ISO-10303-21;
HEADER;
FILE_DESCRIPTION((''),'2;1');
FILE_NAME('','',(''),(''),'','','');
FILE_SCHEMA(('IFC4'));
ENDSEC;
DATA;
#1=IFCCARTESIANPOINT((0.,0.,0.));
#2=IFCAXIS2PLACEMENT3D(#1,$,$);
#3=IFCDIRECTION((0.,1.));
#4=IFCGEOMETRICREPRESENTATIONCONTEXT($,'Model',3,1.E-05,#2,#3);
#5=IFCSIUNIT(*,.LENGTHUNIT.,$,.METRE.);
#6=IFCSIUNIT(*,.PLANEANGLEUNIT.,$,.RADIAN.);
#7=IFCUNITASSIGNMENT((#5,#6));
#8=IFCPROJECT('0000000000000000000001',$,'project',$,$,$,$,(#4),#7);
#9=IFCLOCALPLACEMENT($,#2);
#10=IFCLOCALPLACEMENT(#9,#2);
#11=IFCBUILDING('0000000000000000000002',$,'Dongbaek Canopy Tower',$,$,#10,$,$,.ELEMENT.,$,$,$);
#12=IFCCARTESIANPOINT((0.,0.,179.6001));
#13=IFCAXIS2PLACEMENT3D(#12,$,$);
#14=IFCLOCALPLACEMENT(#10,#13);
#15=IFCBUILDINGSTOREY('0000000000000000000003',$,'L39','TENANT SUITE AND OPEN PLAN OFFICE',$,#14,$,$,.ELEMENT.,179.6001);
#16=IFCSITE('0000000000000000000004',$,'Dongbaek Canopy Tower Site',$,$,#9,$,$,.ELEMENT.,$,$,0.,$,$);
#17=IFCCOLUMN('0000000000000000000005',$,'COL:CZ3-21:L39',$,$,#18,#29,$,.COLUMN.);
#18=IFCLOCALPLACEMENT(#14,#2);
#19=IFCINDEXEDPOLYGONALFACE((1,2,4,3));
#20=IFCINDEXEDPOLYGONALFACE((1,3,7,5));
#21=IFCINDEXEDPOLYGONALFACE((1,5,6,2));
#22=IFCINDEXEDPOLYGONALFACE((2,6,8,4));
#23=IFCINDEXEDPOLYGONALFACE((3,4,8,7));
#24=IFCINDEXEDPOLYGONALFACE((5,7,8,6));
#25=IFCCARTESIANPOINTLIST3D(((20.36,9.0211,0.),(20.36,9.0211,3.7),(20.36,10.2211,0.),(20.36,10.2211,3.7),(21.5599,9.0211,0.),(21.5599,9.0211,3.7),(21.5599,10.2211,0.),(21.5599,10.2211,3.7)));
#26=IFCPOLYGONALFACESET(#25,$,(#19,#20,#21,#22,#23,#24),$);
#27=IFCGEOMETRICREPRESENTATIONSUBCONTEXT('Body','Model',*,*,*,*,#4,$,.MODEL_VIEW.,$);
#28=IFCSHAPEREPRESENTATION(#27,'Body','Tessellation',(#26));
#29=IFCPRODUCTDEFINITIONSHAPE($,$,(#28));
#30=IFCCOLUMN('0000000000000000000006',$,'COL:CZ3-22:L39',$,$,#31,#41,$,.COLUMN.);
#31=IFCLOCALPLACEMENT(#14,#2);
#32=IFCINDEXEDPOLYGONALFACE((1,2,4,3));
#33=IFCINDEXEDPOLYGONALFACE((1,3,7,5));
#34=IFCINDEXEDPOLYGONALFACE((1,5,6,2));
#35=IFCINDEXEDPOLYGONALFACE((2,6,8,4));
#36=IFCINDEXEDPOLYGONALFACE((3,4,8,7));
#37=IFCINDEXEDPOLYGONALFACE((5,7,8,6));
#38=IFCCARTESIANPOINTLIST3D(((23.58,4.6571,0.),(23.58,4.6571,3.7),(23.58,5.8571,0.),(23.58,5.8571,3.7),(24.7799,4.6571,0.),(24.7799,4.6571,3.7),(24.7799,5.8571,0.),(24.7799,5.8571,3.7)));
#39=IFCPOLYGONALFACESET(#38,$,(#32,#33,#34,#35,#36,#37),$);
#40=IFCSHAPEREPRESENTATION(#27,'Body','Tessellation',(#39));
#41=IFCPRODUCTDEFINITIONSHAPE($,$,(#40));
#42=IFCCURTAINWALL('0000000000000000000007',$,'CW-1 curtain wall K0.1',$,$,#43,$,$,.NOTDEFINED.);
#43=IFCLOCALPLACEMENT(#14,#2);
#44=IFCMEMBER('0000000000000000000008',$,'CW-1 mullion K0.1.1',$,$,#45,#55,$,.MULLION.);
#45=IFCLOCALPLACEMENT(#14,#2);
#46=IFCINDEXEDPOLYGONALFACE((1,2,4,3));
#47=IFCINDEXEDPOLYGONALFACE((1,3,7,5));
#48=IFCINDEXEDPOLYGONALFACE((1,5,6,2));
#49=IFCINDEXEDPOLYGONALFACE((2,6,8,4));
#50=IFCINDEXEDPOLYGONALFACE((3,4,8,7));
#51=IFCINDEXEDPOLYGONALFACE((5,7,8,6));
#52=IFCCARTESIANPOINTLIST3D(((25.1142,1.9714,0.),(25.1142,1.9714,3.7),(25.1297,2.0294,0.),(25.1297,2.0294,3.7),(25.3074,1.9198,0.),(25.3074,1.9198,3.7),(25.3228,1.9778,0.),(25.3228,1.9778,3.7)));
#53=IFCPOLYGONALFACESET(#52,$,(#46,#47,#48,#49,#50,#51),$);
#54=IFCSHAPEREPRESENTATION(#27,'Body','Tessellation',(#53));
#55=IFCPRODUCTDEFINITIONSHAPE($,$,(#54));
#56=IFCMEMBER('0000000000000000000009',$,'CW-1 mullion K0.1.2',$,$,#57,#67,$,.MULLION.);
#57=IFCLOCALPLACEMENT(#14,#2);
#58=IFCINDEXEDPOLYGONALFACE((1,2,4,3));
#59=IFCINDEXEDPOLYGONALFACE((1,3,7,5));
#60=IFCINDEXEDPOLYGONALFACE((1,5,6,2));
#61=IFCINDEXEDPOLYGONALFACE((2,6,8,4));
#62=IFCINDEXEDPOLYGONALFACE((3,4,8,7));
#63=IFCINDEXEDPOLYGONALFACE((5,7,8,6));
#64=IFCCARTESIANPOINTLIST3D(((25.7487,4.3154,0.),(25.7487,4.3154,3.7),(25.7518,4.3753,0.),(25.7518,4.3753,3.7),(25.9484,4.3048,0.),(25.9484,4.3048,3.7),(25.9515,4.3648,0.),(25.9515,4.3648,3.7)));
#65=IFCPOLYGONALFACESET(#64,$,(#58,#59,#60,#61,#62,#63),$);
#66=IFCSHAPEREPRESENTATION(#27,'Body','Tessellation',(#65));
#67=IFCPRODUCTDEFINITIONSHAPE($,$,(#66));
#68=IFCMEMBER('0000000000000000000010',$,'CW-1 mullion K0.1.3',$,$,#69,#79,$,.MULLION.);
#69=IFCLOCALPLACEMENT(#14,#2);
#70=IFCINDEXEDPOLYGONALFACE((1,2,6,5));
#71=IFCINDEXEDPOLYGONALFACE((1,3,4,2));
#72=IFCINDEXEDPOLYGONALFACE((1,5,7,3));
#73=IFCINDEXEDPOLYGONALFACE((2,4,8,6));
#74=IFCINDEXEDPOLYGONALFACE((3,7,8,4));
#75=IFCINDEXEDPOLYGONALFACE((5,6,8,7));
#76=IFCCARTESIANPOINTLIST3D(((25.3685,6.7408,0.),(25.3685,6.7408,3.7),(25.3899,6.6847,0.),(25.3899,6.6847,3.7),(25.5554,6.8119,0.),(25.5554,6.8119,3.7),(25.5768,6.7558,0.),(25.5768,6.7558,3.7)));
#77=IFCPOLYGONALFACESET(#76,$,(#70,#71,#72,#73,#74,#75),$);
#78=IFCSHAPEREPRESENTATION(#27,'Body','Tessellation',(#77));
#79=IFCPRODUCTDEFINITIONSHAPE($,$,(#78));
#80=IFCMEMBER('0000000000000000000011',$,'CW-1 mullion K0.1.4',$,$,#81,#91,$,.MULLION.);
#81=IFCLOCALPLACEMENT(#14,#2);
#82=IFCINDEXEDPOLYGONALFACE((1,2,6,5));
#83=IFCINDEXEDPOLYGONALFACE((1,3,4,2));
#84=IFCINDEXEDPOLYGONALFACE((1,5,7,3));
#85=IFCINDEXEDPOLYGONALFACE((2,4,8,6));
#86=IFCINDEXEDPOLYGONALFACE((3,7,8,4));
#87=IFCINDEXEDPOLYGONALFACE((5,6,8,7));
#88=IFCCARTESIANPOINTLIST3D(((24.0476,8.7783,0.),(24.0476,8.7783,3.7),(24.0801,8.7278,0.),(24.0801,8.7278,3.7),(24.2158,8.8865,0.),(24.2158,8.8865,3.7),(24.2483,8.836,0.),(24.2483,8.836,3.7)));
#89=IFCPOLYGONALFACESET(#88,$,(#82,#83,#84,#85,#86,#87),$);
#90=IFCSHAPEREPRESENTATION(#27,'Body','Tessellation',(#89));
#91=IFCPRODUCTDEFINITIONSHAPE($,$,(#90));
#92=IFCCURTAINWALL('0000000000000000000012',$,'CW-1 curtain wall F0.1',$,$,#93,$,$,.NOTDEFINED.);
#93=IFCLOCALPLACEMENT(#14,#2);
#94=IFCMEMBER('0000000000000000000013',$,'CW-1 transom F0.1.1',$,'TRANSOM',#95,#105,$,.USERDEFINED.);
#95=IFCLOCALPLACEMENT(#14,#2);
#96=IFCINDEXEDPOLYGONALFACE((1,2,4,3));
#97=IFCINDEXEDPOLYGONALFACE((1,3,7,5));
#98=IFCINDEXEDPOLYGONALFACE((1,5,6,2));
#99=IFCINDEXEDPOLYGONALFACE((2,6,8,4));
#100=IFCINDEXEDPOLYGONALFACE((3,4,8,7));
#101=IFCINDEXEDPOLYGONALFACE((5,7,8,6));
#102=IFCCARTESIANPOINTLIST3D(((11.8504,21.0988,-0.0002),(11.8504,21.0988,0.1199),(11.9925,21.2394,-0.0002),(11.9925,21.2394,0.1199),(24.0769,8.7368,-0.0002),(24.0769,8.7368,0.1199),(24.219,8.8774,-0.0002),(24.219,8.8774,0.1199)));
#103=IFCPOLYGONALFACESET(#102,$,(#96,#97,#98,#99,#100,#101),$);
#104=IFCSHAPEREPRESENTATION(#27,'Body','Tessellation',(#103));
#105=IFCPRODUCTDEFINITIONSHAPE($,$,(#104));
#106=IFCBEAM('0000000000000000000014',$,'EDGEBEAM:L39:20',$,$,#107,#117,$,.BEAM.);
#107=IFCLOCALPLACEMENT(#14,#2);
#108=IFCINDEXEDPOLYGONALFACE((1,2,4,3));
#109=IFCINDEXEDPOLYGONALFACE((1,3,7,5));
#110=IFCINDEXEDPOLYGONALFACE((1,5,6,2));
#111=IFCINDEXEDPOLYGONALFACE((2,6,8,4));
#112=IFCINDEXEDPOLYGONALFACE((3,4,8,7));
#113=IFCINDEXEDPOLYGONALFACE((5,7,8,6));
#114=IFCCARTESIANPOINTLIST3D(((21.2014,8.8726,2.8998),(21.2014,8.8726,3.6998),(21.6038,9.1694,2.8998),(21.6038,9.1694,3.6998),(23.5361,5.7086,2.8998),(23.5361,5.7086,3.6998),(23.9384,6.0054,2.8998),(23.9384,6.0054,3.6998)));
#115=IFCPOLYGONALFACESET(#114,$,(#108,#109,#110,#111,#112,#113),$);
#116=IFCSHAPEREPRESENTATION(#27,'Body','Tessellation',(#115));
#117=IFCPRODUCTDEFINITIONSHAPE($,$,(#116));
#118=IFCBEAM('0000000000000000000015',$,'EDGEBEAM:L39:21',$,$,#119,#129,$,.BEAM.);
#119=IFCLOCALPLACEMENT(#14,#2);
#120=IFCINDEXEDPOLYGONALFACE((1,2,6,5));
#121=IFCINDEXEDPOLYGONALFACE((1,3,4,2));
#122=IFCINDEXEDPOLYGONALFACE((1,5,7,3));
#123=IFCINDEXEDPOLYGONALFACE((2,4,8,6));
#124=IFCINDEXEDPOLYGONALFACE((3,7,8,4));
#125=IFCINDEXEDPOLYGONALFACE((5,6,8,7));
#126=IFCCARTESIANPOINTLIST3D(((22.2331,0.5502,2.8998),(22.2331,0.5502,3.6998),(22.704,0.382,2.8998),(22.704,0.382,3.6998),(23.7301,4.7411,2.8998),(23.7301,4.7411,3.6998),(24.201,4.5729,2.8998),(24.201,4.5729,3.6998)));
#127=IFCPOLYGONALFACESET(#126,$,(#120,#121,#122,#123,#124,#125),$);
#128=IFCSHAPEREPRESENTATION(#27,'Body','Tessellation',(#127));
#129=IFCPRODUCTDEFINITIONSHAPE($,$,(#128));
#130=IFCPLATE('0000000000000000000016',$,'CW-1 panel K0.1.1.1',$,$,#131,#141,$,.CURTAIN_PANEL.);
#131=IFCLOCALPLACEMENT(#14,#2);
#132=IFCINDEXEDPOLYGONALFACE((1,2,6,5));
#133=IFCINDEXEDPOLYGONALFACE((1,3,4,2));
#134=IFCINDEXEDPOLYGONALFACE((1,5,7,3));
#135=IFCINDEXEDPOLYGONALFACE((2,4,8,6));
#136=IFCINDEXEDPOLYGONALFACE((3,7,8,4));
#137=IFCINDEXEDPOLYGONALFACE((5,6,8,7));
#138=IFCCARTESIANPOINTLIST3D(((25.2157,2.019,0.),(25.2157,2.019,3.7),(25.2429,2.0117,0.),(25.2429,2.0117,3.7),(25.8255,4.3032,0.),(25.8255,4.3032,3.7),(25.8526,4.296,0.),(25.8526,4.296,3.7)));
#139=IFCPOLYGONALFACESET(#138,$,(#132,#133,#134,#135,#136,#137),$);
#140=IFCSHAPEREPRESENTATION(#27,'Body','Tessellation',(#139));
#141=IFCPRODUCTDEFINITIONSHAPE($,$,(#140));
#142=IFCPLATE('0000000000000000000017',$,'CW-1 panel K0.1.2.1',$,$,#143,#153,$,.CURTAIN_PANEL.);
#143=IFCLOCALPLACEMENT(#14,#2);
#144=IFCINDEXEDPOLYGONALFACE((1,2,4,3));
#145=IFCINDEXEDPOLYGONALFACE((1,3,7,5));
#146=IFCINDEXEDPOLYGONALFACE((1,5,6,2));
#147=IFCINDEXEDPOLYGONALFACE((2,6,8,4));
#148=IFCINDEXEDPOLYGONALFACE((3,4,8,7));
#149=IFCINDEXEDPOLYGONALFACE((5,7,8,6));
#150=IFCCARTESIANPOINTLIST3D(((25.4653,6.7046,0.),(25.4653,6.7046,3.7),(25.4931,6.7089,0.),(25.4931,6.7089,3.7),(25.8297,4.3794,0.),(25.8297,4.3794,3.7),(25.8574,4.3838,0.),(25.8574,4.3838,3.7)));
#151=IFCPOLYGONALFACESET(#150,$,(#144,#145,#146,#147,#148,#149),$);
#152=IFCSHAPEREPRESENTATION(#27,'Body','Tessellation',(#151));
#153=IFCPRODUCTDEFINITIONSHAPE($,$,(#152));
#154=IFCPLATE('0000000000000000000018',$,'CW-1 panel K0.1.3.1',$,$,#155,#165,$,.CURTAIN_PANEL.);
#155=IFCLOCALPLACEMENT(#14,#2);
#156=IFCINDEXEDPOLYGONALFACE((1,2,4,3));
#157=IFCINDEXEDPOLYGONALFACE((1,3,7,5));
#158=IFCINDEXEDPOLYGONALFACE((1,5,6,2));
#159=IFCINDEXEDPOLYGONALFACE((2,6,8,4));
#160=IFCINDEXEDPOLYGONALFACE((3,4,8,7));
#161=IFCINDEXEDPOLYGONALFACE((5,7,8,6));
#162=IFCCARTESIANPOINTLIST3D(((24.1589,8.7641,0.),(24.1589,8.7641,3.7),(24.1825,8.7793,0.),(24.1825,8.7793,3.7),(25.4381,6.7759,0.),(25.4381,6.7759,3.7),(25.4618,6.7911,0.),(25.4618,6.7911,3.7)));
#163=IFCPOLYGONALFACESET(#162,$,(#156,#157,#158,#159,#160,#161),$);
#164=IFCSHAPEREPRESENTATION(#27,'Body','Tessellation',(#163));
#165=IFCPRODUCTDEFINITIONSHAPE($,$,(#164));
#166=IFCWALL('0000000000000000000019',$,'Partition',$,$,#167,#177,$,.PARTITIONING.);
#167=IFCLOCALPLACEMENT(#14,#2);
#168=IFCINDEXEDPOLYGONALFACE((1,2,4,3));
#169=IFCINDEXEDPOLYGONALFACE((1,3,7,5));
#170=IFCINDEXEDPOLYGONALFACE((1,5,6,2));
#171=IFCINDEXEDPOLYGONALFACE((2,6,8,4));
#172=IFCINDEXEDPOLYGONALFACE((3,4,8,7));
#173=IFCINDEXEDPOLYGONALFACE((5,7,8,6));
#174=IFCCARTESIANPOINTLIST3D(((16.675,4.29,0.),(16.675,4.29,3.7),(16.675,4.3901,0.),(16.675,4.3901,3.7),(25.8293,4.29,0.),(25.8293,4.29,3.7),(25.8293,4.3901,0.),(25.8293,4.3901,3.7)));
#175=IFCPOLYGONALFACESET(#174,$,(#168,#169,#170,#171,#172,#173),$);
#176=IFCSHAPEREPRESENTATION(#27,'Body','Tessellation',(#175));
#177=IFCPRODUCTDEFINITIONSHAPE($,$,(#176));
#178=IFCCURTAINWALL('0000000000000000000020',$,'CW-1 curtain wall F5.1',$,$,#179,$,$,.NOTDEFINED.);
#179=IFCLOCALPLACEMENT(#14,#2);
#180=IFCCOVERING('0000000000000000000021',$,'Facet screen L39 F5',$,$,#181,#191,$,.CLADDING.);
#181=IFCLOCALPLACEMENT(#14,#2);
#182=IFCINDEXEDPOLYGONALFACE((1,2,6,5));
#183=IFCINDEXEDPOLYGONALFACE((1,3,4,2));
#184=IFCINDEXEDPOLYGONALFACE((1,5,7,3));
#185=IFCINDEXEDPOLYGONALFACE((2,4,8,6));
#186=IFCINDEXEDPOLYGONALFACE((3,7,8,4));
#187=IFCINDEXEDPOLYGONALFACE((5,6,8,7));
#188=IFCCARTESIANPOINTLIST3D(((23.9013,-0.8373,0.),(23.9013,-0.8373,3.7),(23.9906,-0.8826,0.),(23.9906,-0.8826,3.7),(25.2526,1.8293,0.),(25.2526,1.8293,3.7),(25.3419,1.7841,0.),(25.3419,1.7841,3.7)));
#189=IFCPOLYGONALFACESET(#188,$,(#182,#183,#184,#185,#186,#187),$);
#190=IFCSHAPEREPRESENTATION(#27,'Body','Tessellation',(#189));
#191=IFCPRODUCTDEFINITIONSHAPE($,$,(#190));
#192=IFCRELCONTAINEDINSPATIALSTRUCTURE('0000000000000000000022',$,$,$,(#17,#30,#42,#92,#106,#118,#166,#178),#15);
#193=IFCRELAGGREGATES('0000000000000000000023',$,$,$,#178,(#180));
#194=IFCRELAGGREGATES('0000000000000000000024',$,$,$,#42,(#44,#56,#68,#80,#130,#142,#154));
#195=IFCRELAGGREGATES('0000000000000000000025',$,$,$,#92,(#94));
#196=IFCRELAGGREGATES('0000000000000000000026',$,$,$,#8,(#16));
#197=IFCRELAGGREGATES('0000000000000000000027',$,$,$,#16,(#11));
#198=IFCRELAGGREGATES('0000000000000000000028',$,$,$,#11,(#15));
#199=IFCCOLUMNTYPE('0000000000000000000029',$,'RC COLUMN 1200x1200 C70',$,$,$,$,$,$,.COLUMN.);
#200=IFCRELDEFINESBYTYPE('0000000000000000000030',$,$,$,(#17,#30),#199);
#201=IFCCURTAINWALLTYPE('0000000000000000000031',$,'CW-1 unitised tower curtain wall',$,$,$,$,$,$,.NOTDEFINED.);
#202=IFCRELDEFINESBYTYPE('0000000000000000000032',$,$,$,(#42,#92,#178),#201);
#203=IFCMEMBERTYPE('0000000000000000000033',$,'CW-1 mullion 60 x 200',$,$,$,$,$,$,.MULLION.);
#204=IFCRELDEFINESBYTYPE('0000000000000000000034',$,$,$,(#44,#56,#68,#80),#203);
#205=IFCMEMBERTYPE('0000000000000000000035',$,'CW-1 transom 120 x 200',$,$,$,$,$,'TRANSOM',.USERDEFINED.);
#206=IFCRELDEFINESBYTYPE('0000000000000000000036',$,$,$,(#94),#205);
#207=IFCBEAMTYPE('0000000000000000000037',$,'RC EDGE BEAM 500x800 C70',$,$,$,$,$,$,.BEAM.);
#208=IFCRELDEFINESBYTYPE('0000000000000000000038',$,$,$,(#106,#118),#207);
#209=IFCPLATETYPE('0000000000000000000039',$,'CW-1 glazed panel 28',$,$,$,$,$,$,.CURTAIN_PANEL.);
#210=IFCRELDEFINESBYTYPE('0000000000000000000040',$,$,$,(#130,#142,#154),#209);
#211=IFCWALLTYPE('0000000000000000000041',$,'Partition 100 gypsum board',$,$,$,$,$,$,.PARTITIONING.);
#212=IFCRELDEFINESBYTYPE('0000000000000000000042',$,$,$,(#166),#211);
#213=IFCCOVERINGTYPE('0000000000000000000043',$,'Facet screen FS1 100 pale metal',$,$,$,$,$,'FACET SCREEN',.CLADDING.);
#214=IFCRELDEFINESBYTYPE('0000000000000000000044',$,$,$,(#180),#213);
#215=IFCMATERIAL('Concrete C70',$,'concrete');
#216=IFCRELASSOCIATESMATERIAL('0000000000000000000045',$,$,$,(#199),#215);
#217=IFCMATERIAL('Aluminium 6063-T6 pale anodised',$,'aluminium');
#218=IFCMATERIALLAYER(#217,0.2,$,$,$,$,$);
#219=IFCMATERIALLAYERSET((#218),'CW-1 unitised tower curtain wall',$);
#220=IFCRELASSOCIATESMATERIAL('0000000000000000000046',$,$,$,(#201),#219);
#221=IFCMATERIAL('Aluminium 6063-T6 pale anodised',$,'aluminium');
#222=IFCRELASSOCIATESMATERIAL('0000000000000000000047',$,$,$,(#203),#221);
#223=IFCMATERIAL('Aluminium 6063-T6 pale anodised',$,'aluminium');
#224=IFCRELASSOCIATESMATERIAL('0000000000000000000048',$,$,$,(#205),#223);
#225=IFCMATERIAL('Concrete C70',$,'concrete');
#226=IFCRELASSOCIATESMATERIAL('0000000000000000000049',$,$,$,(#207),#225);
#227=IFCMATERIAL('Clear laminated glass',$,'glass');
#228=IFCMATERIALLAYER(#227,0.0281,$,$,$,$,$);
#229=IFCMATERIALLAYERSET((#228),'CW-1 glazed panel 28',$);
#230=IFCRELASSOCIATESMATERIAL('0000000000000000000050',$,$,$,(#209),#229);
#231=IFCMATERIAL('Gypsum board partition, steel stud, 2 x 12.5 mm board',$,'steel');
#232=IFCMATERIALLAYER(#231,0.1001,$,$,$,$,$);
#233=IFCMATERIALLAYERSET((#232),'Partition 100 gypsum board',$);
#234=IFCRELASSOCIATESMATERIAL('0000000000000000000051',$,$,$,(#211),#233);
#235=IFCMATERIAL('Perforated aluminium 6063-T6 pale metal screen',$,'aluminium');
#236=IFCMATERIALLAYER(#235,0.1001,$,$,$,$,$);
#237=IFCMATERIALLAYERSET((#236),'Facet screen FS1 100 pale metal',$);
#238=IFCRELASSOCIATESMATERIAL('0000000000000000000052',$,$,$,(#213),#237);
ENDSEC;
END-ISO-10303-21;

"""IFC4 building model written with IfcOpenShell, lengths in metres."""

from ifc_helpers import new_model, si_unit, direction, frame, frame_2d, origin, origin_2d, place, context, subcontext, project, spatial, rectangle, extrude, material, layer, layer_set, material_profile, profile_set, type_object, element, aggregate, save


model = new_model("IFC4")

# Units and contexts
model_context = context("Model", 3, precision=1e-05, world=origin(), true_north=direction((0.0, 1.0)))
body_context = subcontext(model_context, "Body", "Model", "MODEL_VIEW")
ifc_project = project(units=[si_unit("LENGTHUNIT", "METRE"), si_unit("PLANEANGLEUNIT", "RADIAN")], contexts=[model_context])

# Site, building, storey
site_placement = place(None, origin())
site = spatial("IfcSite", under=ifc_project, at=site_placement, Name="Dongbaek Canopy Tower Site", CompositionType="ELEMENT", RefElevation=0.0)
building_placement = place(site_placement, origin())
building = spatial("IfcBuilding", under=site, at=building_placement, Name="Dongbaek Canopy Tower", CompositionType="ELEMENT")
storey_placement = place(building_placement, frame((0.0, 0.0, 179.6001)))
storey = spatial("IfcBuildingStorey", under=building, at=storey_placement, Name="L39", Description="TENANT SUITE AND OPEN PLAN OFFICE", CompositionType="ELEMENT", Elevation=179.6001)

# Columns
ifc_material_1 = material(Name="Concrete C70", Category="concrete")
ifc_material_profile_1 = material_profile(ifc_material_1, rectangle(XDim=1.2, YDim=1.2, at=origin_2d()), Name="RC COLUMN 1200x1200 C70")
ifc_profile_set_1 = profile_set([ifc_material_profile_1], Name="Concrete C70")
column_type = type_object("IfcColumnType", Name="RC COLUMN 1200x1200 C70", PredefinedType="COLUMN", material=ifc_profile_set_1)
for number, where, z_axis, x_axis, name in (
    (1, (20.96, 9.6211, 0.0), (0.0, 0.0, 1.0), (1.0, 0.0, 0.0), "COL:CZ3-21:L39"),
    (2, (24.1799, 5.2571, 0.0), (0.0, 0.0, 1.0), (1.0, 0.0, 0.0), "COL:CZ3-22:L39"),
):
    element("IfcColumn", number, at=place(storey_placement, frame(where, z_axis=z_axis, x_axis=x_axis)), inside=storey, type_object=column_type, Name=name, PredefinedType="COLUMN", context=body_context, shape_type="SweptSolid", body=[
        extrude(rectangle(XDim=1.2, YDim=1.2, at=origin_2d()), origin(), (0.0, 0.0, 1.0), 3.7),
    ])

# Curtain wall, members
ifc_material_2 = material(Name="Aluminium 6063-T6 pale anodised", Category="aluminium")
ifc_layer_1 = layer(ifc_material_2, 0.2)
ifc_layer_set_1 = layer_set([ifc_layer_1], Name="CW-1 unitised tower curtain wall")
curtain_wall_type = type_object("IfcCurtainWallType", Name="CW-1 unitised tower curtain wall", PredefinedType="NOTDEFINED", material=ifc_layer_set_1)
curtain_wall_1_placement = place(storey_placement, origin())
curtain_wall_1 = element("IfcCurtainWall", 3, at=curtain_wall_1_placement, inside=storey, type_object=curtain_wall_type, Name="CW-1 curtain wall K0.1", PredefinedType="NOTDEFINED")
ifc_material_3 = material(Name="Aluminium 6063-T6 pale anodised", Category="aluminium")
ifc_material_profile_2 = material_profile(ifc_material_3, rectangle(XDim=0.2, YDim=0.0601, at=origin_2d()), Name="CW-1 mullion 60 x 200")
ifc_profile_set_2 = profile_set([ifc_material_profile_2], Name="Aluminium 6063-T6 pale anodised")
member_type_1 = type_object("IfcMemberType", Name="CW-1 mullion 60 x 200", PredefinedType="MULLION", material=ifc_profile_set_2)
member_1_placement = place(storey_placement, frame((25.2185, 1.9746, 0.0), z_axis=(0.0, 0.0, 1.0), x_axis=(0.966167, -0.257917, 0.0)))
member_1 = element("IfcMember", 4, at=member_1_placement, type_object=member_type_1, Name="CW-1 mullion K0.1.1", PredefinedType="MULLION", context=body_context, shape_type="SweptSolid", body=[
    extrude(rectangle(XDim=0.2, YDim=0.0601, at=origin_2d()), origin(), (0.0, 0.0, 1.0), 3.7),
])
member_2_placement = place(storey_placement, frame((25.8501, 4.3401, 0.0), z_axis=(0.0, 0.0, 1.0), x_axis=(0.998611, -0.05269, 0.0)))
member_2 = element("IfcMember", 5, at=member_2_placement, type_object=member_type_1, Name="CW-1 mullion K0.1.2", PredefinedType="MULLION", context=body_context, shape_type="SweptSolid", body=[
    extrude(rectangle(XDim=0.2, YDim=0.0601, at=origin_2d()), origin(), (0.0, 0.0, 1.0), 3.7),
])
member_3_placement = place(storey_placement, frame((25.4727, 6.7483, 0.0), z_axis=(0.0, 0.0, 1.0), x_axis=(0.934627, 0.355629, 0.0)))
member_3 = element("IfcMember", 6, at=member_3_placement, type_object=member_type_1, Name="CW-1 mullion K0.1.3", PredefinedType="MULLION", context=body_context, shape_type="SweptSolid", body=[
    extrude(rectangle(XDim=0.2, YDim=0.0601, at=origin_2d()), origin(), (0.0, 0.0, 1.0), 3.7),
])
member_4_placement = place(storey_placement, frame((24.1479, 8.8071, 0.0), z_axis=(0.0, 0.0, 1.0), x_axis=(0.840962, 0.541095, 0.0)))
member_4 = element("IfcMember", 7, at=member_4_placement, type_object=member_type_1, Name="CW-1 mullion K0.1.4", PredefinedType="MULLION", context=body_context, shape_type="SweptSolid", body=[
    extrude(rectangle(XDim=0.2, YDim=0.0601, at=origin_2d()), origin(), (0.0, 0.0, 1.0), 3.7),
])

# Curtain wall, member
curtain_wall_2_placement = place(storey_placement, origin())
curtain_wall_2 = element("IfcCurtainWall", 8, at=curtain_wall_2_placement, inside=storey, type_object=curtain_wall_type, Name="CW-1 curtain wall F0.1", PredefinedType="NOTDEFINED")
ifc_material_4 = material(Name="Aluminium 6063-T6 pale anodised", Category="aluminium")
ifc_material_profile_3 = material_profile(ifc_material_4, rectangle(XDim=0.2, YDim=0.1201, at=origin_2d()), Name="CW-1 transom 120 x 200")
ifc_profile_set_3 = profile_set([ifc_material_profile_3], Name="Aluminium 6063-T6 pale anodised")
member_type_2 = type_object("IfcMemberType", Name="CW-1 transom 120 x 200", ElementType="TRANSOM", PredefinedType="USERDEFINED", material=ifc_profile_set_3)
member_5_placement = place(storey_placement, frame((24.1479, 8.8071, 0.0598), z_axis=(-0.7032, 0.710993, 0.0), x_axis=(-0.710993, -0.7032, 0.0)))
member_5 = element("IfcMember", 9, at=member_5_placement, type_object=member_type_2, Name="CW-1 transom F0.1.1", ObjectType="TRANSOM", PredefinedType="USERDEFINED", context=body_context, shape_type="SweptSolid", body=[
    extrude(rectangle(XDim=0.2, YDim=0.1201, at=origin_2d()), origin(), (0.0, 0.0, 1.0), 17.387),
])

# Beams
ifc_material_5 = material(Name="Concrete C70", Category="concrete")
ifc_material_profile_4 = material_profile(ifc_material_5, rectangle(XDim=0.5, YDim=0.8, at=origin_2d()), Name="RC EDGE BEAM 500x800 C70")
ifc_profile_set_4 = profile_set([ifc_material_profile_4], Name="Concrete C70")
beam_type = type_object("IfcBeamType", Name="RC EDGE BEAM 500x800 C70", PredefinedType="BEAM", material=ifc_profile_set_4)
beam_1_placement = place(storey_placement, frame((21.4026, 9.021, 3.2998), z_axis=(0.593743, -0.804655, 0.0), x_axis=(0.804655, 0.593743, 0.0)))
element("IfcBeam", 10, at=beam_1_placement, inside=storey, type_object=beam_type, Name="EDGEBEAM:L39:20", PredefinedType="BEAM", context=body_context, shape_type="SweptSolid", body=[
    extrude(rectangle(XDim=0.5, YDim=0.8, at=origin_2d()), origin(), (0.0, 0.0, 1.0), 3.9321),
])
beam_2_placement = place(storey_placement, frame((23.9656, 4.657, 3.2998), z_axis=(-0.336399, -0.94172, 0.0), x_axis=(0.94172, -0.336399, 0.0)))
element("IfcBeam", 11, at=beam_2_placement, inside=storey, type_object=beam_type, Name="EDGEBEAM:L39:21", PredefinedType="BEAM", context=body_context, shape_type="SweptSolid", body=[
    extrude(rectangle(XDim=0.5, YDim=0.8, at=origin_2d()), origin(), (0.0, 0.0, 1.0), 4.4502),
])

# Plates
ifc_material_6 = material(Name="Clear laminated glass", Category="glass")
ifc_layer_2 = layer(ifc_material_6, 0.0281)
ifc_layer_set_2 = layer_set([ifc_layer_2], Name="CW-1 glazed panel 28")
plate_type = type_object("IfcPlateType", Name="CW-1 glazed panel 28", PredefinedType="CURTAIN_PANEL", material=ifc_layer_set_2)
plate_1_placement = place(storey_placement, frame((25.5342, 3.1575, 0.0), z_axis=(0.0, 0.0, 1.0), x_axis=(0.257917, 0.966167, 0.0)))
plate_1 = element("IfcPlate", 12, at=plate_1_placement, type_object=plate_type, Name="CW-1 panel K0.1.1.1", PredefinedType="CURTAIN_PANEL", context=body_context, shape_type="SweptSolid", body=[
    extrude(rectangle(XDim=2.3643, YDim=0.0281, at=origin_2d()), origin(), (0.0, 0.0, 1.0), 3.7),
])
plate_2_placement = place(storey_placement, frame((25.6614, 5.5442, 0.0), z_axis=(0.0, 0.0, 1.0), x_axis=(-0.154811, 0.987944, 0.0)))
plate_2 = element("IfcPlate", 13, at=plate_2_placement, type_object=plate_type, Name="CW-1 panel K0.1.2.1", PredefinedType="CURTAIN_PANEL", context=body_context, shape_type="SweptSolid", body=[
    extrude(rectangle(XDim=2.3535, YDim=0.0281, at=origin_2d()), origin(), (0.0, 0.0, 1.0), 3.7),
])
plate_3_placement = place(storey_placement, frame((24.8103, 7.7776, 0.0), z_axis=(0.0, 0.0, 1.0), x_axis=(-0.541095, 0.840962, 0.0)))
plate_3 = element("IfcPlate", 14, at=plate_3_placement, type_object=plate_type, Name="CW-1 panel K0.1.3.1", PredefinedType="CURTAIN_PANEL", context=body_context, shape_type="SweptSolid", body=[
    extrude(rectangle(XDim=2.3643, YDim=0.0281, at=origin_2d()), origin(), (0.0, 0.0, 1.0), 3.7),
])

# Wall
ifc_material_7 = material(Name="Gypsum board partition, steel stud, 2 x 12.5 mm board", Category="steel")
ifc_layer_3 = layer(ifc_material_7, 0.1001)
ifc_layer_set_3 = layer_set([ifc_layer_3], Name="Partition 100 gypsum board")
wall_type = type_object("IfcWallType", Name="Partition 100 gypsum board", PredefinedType="PARTITIONING", material=ifc_layer_set_3)
wall_placement = place(storey_placement, frame((16.675, 4.3401, 0.0), z_axis=(0.0, 0.0, 1.0), x_axis=(1.0, 0.0, 0.0)))
element("IfcWall", 15, at=wall_placement, inside=storey, type_object=wall_type, Name="Partition", PredefinedType="PARTITIONING", context=body_context, shape_type="SweptSolid", body=[
    extrude(rectangle(XDim=9.1543, YDim=0.1001, at=frame_2d((4.5771, 0.0))), origin(), (0.0, 0.0, 1.0), 3.7),
])

# Curtain wall, covering
curtain_wall_3_placement = place(storey_placement, origin())
curtain_wall_3 = element("IfcCurtainWall", 16, at=curtain_wall_3_placement, inside=storey, type_object=curtain_wall_type, Name="CW-1 curtain wall F5.1", PredefinedType="NOTDEFINED")
ifc_material_8 = material(Name="Perforated aluminium 6063-T6 pale metal screen", Category="aluminium")
ifc_layer_4 = layer(ifc_material_8, 0.1001)
ifc_layer_set_4 = layer_set([ifc_layer_4], Name="Facet screen FS1 100 pale metal")
covering_type_1 = type_object("IfcCoveringType", Name="Facet screen FS1 100 pale metal", ElementType="FACET SCREEN", PredefinedType="CLADDING", material=ifc_layer_set_4)
covering_1_placement = place(storey_placement, frame((24.6216, 0.4734, 0.0), z_axis=(0.0, 0.0, 1.0), x_axis=(0.45201, 0.892013, 0.0)))
covering_1 = element("IfcCovering", 17, at=covering_1_placement, type_object=covering_type_1, Name="Facet screen L39 F5", PredefinedType="CLADDING", context=body_context, shape_type="SweptSolid", body=[
    extrude(rectangle(XDim=2.9895, YDim=0.1001, at=origin_2d()), origin(), (0.0, 0.0, 1.0), 3.7),
])
aggregate(curtain_wall_3, [covering_1])

aggregate(curtain_wall_1, [member_1, member_2, member_3, member_4, plate_1, plate_2, plate_3])
aggregate(curtain_wall_2, [member_5])

save(model, "model.ifc")
